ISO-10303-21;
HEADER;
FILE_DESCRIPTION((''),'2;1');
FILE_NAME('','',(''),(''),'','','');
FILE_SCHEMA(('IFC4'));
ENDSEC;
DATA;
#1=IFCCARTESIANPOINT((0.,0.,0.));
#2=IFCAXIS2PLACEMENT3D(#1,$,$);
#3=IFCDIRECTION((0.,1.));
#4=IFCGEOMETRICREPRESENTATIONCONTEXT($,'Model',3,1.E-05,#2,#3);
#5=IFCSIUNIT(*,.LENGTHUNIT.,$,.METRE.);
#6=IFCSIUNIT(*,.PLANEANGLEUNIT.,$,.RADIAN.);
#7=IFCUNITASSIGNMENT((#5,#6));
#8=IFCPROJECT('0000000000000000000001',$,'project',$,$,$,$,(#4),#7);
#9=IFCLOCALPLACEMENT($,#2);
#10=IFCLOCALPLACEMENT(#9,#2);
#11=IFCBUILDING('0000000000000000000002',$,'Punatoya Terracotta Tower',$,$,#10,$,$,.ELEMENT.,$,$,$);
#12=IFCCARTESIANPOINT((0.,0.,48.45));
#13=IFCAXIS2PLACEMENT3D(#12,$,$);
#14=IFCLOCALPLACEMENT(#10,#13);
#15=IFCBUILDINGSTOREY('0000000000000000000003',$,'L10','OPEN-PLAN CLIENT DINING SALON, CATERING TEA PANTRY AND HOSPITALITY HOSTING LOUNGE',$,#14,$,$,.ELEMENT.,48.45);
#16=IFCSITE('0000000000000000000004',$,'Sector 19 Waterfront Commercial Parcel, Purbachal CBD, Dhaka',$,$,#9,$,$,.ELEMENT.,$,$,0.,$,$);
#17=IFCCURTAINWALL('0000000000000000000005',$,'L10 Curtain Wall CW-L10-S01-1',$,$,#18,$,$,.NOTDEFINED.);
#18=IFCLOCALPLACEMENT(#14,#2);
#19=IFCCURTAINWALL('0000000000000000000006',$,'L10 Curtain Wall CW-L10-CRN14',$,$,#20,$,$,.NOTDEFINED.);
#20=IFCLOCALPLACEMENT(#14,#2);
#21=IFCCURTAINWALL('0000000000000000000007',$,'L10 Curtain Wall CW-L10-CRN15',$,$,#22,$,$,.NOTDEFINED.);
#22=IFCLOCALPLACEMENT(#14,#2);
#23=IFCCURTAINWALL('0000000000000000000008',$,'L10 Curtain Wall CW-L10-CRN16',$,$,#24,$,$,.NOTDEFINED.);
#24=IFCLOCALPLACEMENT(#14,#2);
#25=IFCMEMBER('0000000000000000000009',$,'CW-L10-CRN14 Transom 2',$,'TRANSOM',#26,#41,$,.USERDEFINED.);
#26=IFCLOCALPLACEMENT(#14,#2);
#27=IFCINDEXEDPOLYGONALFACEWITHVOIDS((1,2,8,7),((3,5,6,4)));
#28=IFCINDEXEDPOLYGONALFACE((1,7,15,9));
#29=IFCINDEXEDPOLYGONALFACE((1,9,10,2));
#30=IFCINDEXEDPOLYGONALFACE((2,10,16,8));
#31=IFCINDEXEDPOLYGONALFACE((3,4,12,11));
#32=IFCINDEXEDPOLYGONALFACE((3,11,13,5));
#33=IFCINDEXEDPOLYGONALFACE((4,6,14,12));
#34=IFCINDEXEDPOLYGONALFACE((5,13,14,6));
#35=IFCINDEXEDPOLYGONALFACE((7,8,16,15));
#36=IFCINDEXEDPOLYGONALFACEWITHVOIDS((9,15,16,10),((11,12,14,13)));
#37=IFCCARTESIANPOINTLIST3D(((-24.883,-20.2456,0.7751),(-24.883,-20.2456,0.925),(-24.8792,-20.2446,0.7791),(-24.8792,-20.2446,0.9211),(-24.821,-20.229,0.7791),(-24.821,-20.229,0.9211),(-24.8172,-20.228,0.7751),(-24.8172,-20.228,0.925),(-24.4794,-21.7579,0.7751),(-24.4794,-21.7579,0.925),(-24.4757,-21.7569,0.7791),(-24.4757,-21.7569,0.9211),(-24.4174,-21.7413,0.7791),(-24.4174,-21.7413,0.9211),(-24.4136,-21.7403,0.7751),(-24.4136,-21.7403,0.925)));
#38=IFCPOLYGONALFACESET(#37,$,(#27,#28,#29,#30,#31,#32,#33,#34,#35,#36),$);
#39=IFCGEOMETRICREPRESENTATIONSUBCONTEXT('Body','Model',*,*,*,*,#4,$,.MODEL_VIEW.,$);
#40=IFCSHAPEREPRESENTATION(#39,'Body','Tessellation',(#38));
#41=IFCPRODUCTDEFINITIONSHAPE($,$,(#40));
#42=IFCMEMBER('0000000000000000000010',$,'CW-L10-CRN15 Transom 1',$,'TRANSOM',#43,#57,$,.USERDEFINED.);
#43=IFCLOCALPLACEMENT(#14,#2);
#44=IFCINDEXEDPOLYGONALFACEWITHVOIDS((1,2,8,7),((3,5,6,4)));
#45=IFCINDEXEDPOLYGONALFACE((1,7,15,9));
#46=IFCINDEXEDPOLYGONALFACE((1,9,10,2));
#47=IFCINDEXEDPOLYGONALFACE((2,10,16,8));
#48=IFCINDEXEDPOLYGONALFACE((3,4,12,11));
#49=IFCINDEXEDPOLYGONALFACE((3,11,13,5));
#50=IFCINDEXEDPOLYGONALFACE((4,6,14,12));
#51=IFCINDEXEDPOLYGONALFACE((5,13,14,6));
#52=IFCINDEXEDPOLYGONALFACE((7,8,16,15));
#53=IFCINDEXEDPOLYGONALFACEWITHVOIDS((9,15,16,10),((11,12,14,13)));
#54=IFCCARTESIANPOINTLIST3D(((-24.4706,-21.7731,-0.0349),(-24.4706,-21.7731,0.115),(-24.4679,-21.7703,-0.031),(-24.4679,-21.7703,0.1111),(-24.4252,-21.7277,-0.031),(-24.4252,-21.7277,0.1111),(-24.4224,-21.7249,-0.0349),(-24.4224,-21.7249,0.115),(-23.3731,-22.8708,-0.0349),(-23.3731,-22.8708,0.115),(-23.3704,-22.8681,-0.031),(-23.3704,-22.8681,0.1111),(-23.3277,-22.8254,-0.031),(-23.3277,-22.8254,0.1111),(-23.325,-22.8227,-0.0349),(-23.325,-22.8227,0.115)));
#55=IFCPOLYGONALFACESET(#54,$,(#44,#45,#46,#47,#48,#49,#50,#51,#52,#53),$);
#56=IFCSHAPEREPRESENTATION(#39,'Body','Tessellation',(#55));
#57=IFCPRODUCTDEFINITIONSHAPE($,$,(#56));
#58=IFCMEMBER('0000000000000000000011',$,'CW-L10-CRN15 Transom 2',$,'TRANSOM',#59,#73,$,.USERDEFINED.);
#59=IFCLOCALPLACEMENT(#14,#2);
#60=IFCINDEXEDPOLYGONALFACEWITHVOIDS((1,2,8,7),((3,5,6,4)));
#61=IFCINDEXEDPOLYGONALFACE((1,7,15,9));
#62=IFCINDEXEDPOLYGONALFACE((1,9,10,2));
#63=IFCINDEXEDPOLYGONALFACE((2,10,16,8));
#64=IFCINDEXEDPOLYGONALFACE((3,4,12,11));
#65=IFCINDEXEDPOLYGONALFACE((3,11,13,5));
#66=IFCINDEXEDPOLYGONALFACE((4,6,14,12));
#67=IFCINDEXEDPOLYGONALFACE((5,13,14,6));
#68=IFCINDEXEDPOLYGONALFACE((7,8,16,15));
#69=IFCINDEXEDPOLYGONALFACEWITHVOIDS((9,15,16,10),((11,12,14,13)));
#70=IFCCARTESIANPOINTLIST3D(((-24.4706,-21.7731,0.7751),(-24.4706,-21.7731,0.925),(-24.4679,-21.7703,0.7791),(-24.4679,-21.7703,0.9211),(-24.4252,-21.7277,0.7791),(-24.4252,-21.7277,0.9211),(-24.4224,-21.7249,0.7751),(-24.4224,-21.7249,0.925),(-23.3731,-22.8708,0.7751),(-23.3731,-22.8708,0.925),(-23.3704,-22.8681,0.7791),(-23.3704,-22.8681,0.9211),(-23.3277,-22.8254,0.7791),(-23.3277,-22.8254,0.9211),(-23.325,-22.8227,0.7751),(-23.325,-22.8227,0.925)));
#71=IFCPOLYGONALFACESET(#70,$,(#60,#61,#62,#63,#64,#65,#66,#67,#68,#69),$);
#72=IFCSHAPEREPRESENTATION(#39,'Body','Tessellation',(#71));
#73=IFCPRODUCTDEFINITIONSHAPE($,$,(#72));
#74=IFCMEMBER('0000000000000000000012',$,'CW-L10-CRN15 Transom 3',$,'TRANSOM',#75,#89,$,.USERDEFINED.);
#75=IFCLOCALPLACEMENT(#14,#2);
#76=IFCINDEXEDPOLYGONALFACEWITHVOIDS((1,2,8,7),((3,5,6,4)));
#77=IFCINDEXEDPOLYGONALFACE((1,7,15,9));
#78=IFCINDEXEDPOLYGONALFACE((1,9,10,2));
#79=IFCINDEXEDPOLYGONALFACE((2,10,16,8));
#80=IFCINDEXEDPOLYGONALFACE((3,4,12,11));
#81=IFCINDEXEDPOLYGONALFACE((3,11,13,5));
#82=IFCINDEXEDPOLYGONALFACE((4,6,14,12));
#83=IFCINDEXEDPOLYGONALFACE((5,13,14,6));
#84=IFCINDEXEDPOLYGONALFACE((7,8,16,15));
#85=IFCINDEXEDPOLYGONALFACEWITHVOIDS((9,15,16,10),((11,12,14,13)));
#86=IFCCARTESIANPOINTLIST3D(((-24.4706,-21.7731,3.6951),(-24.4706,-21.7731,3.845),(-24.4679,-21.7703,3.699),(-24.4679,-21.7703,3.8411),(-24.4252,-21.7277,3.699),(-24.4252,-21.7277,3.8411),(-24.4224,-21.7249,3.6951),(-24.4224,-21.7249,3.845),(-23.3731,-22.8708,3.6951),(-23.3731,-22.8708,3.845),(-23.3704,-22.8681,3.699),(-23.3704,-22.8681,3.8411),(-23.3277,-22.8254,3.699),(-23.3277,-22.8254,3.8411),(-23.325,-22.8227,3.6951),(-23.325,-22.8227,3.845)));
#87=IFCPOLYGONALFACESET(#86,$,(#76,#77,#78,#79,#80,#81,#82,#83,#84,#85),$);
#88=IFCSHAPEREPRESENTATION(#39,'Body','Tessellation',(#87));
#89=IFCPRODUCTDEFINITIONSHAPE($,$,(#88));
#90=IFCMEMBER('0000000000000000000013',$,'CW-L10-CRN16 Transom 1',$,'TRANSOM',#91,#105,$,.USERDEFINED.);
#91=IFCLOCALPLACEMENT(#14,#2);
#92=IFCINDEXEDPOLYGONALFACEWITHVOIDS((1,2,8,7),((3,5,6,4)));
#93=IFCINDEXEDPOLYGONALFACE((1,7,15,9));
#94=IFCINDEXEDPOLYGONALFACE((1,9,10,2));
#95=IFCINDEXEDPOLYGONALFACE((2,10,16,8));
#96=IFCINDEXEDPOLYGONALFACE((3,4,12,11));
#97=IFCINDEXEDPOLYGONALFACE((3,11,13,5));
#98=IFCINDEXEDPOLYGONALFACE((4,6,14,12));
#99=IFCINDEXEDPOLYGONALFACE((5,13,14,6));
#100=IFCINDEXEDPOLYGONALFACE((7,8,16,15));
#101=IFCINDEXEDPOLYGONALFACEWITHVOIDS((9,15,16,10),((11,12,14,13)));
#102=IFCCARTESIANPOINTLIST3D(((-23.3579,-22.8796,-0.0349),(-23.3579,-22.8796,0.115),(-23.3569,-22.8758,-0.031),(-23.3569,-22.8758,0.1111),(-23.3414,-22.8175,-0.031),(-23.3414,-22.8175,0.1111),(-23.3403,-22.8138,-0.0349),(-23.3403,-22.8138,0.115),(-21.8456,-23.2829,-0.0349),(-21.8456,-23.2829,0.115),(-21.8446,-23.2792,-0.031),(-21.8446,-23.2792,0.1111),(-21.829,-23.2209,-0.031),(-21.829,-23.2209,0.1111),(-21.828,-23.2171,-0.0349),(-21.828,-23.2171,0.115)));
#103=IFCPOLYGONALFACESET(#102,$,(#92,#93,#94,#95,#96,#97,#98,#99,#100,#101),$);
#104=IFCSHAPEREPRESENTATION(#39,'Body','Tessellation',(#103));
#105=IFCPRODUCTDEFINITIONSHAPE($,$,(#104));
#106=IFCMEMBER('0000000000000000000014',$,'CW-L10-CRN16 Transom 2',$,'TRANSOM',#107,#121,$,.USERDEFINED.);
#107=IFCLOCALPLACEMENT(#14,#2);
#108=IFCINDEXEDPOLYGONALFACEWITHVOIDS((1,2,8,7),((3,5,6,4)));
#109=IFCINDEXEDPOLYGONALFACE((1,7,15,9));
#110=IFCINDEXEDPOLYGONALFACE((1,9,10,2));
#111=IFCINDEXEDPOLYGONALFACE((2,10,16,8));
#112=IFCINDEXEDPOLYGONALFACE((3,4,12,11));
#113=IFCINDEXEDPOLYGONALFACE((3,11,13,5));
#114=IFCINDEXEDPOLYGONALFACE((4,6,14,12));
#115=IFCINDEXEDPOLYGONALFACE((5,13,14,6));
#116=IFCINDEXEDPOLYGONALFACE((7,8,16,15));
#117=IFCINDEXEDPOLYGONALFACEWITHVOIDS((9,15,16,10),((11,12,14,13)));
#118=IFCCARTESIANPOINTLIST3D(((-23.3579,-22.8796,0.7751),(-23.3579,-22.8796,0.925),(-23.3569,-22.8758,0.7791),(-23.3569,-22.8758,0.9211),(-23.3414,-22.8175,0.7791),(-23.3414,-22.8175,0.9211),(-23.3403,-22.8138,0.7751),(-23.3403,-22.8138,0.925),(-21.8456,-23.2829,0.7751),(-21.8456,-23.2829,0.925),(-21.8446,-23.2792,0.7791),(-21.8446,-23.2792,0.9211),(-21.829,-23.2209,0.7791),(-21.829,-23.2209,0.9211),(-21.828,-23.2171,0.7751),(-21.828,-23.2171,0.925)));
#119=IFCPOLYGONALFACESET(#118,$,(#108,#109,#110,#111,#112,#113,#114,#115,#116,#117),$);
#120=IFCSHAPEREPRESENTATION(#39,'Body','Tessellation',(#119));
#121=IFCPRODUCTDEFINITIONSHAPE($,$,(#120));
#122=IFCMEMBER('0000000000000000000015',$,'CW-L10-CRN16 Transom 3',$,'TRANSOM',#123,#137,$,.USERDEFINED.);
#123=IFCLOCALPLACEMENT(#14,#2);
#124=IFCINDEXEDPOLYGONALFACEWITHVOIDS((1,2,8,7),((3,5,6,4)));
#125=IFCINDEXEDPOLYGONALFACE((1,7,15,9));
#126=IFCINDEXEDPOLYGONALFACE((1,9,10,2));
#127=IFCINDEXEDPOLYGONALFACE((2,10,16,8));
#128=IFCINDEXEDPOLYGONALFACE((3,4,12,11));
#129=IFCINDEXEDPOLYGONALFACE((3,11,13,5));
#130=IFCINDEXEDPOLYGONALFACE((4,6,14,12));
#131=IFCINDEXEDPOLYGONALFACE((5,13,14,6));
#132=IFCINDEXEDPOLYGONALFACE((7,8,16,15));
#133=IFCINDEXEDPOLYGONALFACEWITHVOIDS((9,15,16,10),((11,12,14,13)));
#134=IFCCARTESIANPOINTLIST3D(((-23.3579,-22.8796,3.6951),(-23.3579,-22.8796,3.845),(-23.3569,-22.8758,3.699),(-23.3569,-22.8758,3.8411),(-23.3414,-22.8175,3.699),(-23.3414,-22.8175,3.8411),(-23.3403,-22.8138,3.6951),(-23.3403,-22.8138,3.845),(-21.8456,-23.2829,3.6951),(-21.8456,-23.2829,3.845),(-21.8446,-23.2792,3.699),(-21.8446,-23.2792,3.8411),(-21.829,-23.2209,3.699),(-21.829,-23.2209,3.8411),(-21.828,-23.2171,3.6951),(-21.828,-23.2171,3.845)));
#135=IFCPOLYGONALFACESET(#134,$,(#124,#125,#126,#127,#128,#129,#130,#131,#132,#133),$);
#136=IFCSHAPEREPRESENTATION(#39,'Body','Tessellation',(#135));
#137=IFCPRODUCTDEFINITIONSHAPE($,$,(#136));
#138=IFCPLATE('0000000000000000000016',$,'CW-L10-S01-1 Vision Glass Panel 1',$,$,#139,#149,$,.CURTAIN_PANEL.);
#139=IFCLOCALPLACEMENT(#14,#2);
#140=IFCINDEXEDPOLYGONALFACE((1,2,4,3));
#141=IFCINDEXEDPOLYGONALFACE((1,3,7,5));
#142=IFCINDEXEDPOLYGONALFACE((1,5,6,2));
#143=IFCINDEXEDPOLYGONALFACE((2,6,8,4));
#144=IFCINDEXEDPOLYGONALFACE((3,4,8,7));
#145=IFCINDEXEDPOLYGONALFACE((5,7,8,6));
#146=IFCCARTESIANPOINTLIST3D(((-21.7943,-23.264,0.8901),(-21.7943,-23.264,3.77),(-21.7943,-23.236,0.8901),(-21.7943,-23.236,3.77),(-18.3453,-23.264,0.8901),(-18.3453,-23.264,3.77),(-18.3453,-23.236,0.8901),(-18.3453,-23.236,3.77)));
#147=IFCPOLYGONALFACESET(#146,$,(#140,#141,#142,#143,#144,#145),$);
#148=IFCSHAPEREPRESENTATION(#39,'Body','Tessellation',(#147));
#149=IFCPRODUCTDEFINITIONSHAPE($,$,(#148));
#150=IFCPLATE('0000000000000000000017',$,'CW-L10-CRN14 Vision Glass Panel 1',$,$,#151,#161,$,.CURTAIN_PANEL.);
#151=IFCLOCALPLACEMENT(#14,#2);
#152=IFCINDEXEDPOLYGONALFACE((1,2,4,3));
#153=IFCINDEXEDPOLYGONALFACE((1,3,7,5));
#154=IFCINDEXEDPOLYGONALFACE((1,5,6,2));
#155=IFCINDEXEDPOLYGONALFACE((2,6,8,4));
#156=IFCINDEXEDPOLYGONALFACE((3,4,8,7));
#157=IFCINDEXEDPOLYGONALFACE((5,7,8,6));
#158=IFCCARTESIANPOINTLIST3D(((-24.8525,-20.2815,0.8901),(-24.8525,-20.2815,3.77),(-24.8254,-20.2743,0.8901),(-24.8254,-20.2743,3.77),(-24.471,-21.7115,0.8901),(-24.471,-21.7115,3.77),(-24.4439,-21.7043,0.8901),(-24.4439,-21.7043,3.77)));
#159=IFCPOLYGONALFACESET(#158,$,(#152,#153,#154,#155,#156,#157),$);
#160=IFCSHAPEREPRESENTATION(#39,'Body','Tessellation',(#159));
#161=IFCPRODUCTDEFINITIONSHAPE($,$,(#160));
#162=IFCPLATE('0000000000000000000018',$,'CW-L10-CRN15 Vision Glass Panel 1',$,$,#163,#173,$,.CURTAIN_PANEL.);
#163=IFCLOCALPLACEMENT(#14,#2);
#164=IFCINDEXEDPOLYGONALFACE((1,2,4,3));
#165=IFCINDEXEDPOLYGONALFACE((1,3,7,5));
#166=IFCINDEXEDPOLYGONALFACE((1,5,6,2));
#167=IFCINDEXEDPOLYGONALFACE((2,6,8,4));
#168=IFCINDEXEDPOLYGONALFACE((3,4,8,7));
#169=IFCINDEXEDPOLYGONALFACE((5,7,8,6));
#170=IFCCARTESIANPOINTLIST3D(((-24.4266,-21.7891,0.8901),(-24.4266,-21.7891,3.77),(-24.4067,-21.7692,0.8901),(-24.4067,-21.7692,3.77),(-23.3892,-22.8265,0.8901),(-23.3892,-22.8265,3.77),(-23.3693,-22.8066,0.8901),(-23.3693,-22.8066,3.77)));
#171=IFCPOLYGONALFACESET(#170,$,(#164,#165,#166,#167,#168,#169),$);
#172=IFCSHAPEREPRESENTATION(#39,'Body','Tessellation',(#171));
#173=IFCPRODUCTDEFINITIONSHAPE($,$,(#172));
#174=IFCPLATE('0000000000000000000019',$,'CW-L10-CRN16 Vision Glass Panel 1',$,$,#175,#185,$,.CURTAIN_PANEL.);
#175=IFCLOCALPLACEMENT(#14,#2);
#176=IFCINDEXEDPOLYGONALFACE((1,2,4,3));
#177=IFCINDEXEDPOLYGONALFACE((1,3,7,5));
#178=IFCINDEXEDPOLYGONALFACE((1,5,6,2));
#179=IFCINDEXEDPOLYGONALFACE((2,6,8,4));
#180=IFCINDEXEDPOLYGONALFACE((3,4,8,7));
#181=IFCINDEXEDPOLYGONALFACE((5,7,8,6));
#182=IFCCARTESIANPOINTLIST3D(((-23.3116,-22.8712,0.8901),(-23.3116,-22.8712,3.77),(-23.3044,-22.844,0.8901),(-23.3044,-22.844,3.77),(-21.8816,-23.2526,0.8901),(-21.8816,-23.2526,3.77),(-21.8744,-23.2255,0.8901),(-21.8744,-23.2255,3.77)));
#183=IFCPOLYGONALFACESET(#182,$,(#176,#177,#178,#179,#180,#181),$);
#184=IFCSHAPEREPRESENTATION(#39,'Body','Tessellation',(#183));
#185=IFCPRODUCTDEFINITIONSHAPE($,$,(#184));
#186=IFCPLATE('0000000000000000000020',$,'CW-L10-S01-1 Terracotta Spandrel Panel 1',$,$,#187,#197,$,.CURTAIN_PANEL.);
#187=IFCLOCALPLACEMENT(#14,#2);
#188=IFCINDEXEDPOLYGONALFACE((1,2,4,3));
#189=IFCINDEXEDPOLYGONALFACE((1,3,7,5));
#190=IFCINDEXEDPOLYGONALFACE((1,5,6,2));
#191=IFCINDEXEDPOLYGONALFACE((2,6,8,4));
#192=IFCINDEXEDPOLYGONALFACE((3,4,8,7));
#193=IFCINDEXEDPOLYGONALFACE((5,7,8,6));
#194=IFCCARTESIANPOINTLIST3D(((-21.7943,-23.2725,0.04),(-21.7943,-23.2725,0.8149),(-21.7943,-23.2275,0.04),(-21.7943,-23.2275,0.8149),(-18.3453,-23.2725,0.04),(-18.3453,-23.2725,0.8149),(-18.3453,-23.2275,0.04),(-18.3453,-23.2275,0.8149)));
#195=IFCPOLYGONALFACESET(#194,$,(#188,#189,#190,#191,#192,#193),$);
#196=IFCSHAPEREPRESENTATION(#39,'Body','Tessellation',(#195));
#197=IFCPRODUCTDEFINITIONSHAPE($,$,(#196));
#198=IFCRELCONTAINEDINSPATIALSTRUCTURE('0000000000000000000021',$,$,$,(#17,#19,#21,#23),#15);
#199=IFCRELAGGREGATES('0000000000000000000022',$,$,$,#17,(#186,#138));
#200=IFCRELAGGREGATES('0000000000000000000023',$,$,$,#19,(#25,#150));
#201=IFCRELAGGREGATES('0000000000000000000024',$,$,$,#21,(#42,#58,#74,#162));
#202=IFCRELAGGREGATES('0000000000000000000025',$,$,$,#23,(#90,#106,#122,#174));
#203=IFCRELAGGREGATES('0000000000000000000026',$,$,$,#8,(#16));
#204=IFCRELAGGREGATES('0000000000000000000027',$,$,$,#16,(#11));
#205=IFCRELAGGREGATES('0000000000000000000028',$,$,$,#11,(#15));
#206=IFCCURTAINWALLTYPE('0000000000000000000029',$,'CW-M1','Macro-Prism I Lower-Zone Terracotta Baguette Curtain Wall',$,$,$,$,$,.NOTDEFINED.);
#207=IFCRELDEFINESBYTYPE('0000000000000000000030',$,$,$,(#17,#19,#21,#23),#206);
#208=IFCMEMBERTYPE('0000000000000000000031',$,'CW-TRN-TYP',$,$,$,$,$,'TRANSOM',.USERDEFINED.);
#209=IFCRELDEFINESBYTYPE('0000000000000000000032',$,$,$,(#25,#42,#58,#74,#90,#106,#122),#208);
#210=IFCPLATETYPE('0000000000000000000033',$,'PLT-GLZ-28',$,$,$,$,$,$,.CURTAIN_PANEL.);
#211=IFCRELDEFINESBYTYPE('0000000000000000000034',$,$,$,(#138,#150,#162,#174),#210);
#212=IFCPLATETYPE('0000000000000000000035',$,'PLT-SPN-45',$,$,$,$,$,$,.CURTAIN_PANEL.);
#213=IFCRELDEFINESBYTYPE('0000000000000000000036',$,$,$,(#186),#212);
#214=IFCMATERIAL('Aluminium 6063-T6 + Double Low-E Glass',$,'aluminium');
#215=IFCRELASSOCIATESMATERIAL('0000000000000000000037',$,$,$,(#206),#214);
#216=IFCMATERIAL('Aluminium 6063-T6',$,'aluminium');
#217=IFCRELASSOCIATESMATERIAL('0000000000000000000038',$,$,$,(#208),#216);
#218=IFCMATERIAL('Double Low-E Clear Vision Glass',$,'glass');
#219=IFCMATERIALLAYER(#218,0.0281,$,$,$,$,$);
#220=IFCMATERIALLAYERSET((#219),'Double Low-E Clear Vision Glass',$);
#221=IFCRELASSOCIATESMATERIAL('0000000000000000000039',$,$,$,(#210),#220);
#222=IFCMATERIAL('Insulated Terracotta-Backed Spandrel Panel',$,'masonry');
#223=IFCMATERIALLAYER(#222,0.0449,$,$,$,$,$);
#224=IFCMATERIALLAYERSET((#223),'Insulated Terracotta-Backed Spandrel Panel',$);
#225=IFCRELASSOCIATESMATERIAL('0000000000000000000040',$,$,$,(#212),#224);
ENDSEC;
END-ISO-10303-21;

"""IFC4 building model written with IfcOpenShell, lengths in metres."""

from ifc_helpers import new_model, si_unit, direction, frame, origin, origin_2d, place, context, subcontext, project, spatial, rectangle, hollow_rectangle, extrude, material, layer, layer_set, material_profile, profile_set, type_object, element, aggregate, save


model = new_model("IFC4")

# Units and contexts
model_context = context("Model", 3, precision=1e-05, world=origin(), true_north=direction((0.0, 1.0)))
body_context = subcontext(model_context, "Body", "Model", "MODEL_VIEW")
ifc_project = project(units=[si_unit("LENGTHUNIT", "METRE"), si_unit("PLANEANGLEUNIT", "RADIAN")], contexts=[model_context])

# Site, building, storey
site_placement = place(None, origin())
site = spatial("IfcSite", under=ifc_project, at=site_placement, Name="Sector 19 Waterfront Commercial Parcel, Purbachal CBD, Dhaka", CompositionType="ELEMENT", RefElevation=0.0)
building_placement = place(site_placement, origin())
building = spatial("IfcBuilding", under=site, at=building_placement, Name="Punatoya Terracotta Tower", CompositionType="ELEMENT")
storey_placement = place(building_placement, frame((0.0, 0.0, 48.45)))
storey = spatial("IfcBuildingStorey", under=building, at=storey_placement, Name="L10", Description="OPEN-PLAN CLIENT DINING SALON, CATERING TEA PANTRY AND HOSPITALITY HOSTING LOUNGE", CompositionType="ELEMENT", Elevation=48.45)

# Curtain wall
ifc_material_1 = material(Name="Aluminium 6063-T6 + Double Low-E Glass", Category="aluminium")
curtain_wall_type = type_object("IfcCurtainWallType", Name="CW-M1", Description="Macro-Prism I Lower-Zone Terracotta Baguette Curtain Wall", PredefinedType="NOTDEFINED", material=ifc_material_1)
curtain_wall_1_placement = place(storey_placement, origin())
curtain_wall_1 = element("IfcCurtainWall", 1, at=curtain_wall_1_placement, inside=storey, type_object=curtain_wall_type, Name="L10 Curtain Wall CW-L10-S01-1", PredefinedType="NOTDEFINED")
ifc_material_2 = material(Name="Aluminium 6063-T6", Category="aluminium")

# Curtain walls
curtain_wall_2_placement = place(storey_placement, origin())
curtain_wall_2 = element("IfcCurtainWall", 2, at=curtain_wall_2_placement, inside=storey, type_object=curtain_wall_type, Name="L10 Curtain Wall CW-L10-CRN14", PredefinedType="NOTDEFINED")
curtain_wall_3_placement = place(storey_placement, origin())
curtain_wall_3 = element("IfcCurtainWall", 3, at=curtain_wall_3_placement, inside=storey, type_object=curtain_wall_type, Name="L10 Curtain Wall CW-L10-CRN15", PredefinedType="NOTDEFINED")
curtain_wall_4_placement = place(storey_placement, origin())
curtain_wall_4 = element("IfcCurtainWall", 4, at=curtain_wall_4_placement, inside=storey, type_object=curtain_wall_type, Name="L10 Curtain Wall CW-L10-CRN16", PredefinedType="NOTDEFINED")

# Members
ifc_material_profile_1 = material_profile(ifc_material_2, hollow_rectangle(XDim=0.0681, YDim=0.1499, WallThickness=0.0039, at=origin_2d()))
ifc_profile_set_1 = profile_set([ifc_material_profile_1], Name="Aluminium 6063-T6")
member_type_1 = type_object("IfcMemberType", Name="CW-TRN-TYP", ElementType="TRANSOM", PredefinedType="USERDEFINED", material=ifc_profile_set_1)
member_1_placement = place(storey_placement, frame((-24.8501, -20.2368, 0.8501), z_axis=(0.257847, -0.966186, 0.0), x_axis=(0.966186, 0.257847, 0.0)))
member_1 = element("IfcMember", 5, at=member_1_placement, type_object=member_type_1, Name="CW-L10-CRN14 Transom 2", ObjectType="TRANSOM", PredefinedType="USERDEFINED", context=body_context, shape_type="SweptSolid", body=[
    extrude(hollow_rectangle(XDim=0.0681, YDim=0.1499, WallThickness=0.0039, at=origin_2d()), origin(), (0.0, 0.0, 1.0), 1.5652),
])
member_2_placement = place(storey_placement, frame((-24.4465, -21.749, 0.04), z_axis=(0.707028, -0.707185, 0.0), x_axis=(0.707185, 0.707028, 0.0)))
member_2 = element("IfcMember", 6, at=member_2_placement, type_object=member_type_1, Name="CW-L10-CRN15 Transom 1", ObjectType="TRANSOM", PredefinedType="USERDEFINED", context=body_context, shape_type="SweptSolid", body=[
    extrude(hollow_rectangle(XDim=0.0681, YDim=0.1499, WallThickness=0.0039, at=origin_2d()), origin(), (0.0, 0.0, 1.0), 1.5522),
])
member_3_placement = place(storey_placement, frame((-24.4465, -21.749, 0.8501), z_axis=(0.707028, -0.707185, 0.0), x_axis=(0.707185, 0.707028, 0.0)))
member_3 = element("IfcMember", 7, at=member_3_placement, type_object=member_type_1, Name="CW-L10-CRN15 Transom 2", ObjectType="TRANSOM", PredefinedType="USERDEFINED", context=body_context, shape_type="SweptSolid", body=[
    extrude(hollow_rectangle(XDim=0.0681, YDim=0.1499, WallThickness=0.0039, at=origin_2d()), origin(), (0.0, 0.0, 1.0), 1.5522),
])
member_4_placement = place(storey_placement, frame((-24.4465, -21.749, 3.77), z_axis=(0.707028, -0.707185, 0.0), x_axis=(0.707185, 0.707028, 0.0)))
member_4 = element("IfcMember", 8, at=member_4_placement, type_object=member_type_1, Name="CW-L10-CRN15 Transom 3", ObjectType="TRANSOM", PredefinedType="USERDEFINED", context=body_context, shape_type="SweptSolid", body=[
    extrude(hollow_rectangle(XDim=0.0681, YDim=0.1499, WallThickness=0.0039, at=origin_2d()), origin(), (0.0, 0.0, 1.0), 1.5522),
])
member_5_placement = place(storey_placement, frame((-23.3491, -22.8467, 0.04), z_axis=(0.966225, -0.257701, 0.0), x_axis=(0.257701, 0.966225, 0.0)))
member_5 = element("IfcMember", 9, at=member_5_placement, type_object=member_type_1, Name="CW-L10-CRN16 Transom 1", ObjectType="TRANSOM", PredefinedType="USERDEFINED", context=body_context, shape_type="SweptSolid", body=[
    extrude(hollow_rectangle(XDim=0.0681, YDim=0.1499, WallThickness=0.0039, at=origin_2d()), origin(), (0.0, 0.0, 1.0), 1.5652),
])
member_6_placement = place(storey_placement, frame((-23.3491, -22.8467, 0.8501), z_axis=(0.966225, -0.257701, 0.0), x_axis=(0.257701, 0.966225, 0.0)))
member_6 = element("IfcMember", 10, at=member_6_placement, type_object=member_type_1, Name="CW-L10-CRN16 Transom 2", ObjectType="TRANSOM", PredefinedType="USERDEFINED", context=body_context, shape_type="SweptSolid", body=[
    extrude(hollow_rectangle(XDim=0.0681, YDim=0.1499, WallThickness=0.0039, at=origin_2d()), origin(), (0.0, 0.0, 1.0), 1.5652),
])
member_7_placement = place(storey_placement, frame((-23.3491, -22.8467, 3.77), z_axis=(0.966225, -0.257701, 0.0), x_axis=(0.257701, 0.966225, 0.0)))
member_7 = element("IfcMember", 11, at=member_7_placement, type_object=member_type_1, Name="CW-L10-CRN16 Transom 3", ObjectType="TRANSOM", PredefinedType="USERDEFINED", context=body_context, shape_type="SweptSolid", body=[
    extrude(hollow_rectangle(XDim=0.0681, YDim=0.1499, WallThickness=0.0039, at=origin_2d()), origin(), (0.0, 0.0, 1.0), 1.5652),
])

# Plates
ifc_material_3 = material(Name="Double Low-E Clear Vision Glass", Category="glass")
ifc_layer_1 = layer(ifc_material_3, 0.0281)
ifc_layer_set_1 = layer_set([ifc_layer_1], Name="Double Low-E Clear Vision Glass")
plate_type_1 = type_object("IfcPlateType", Name="PLT-GLZ-28", PredefinedType="CURTAIN_PANEL", material=ifc_layer_set_1)
plate_1_placement = place(storey_placement, frame((-20.0698, -23.25, 0.8901), z_axis=(0.0, 0.0, 1.0), x_axis=(1.0, 0.0, 0.0)))
plate_1 = element("IfcPlate", 12, at=plate_1_placement, type_object=plate_type_1, Name="CW-L10-S01-1 Vision Glass Panel 1", PredefinedType="CURTAIN_PANEL", context=body_context, shape_type="SweptSolid", body=[
    extrude(rectangle(XDim=3.449, YDim=0.0281, at=origin_2d()), origin(), (0.0, 0.0, 1.0), 2.8799),
])
plate_2_placement = place(storey_placement, frame((-24.6482, -20.9929, 0.8901), z_axis=(0.0, 0.0, 1.0), x_axis=(0.257742, -0.966214, 0.0)))
plate_2 = element("IfcPlate", 13, at=plate_2_placement, type_object=plate_type_1, Name="CW-L10-CRN14 Vision Glass Panel 1", PredefinedType="CURTAIN_PANEL", context=body_context, shape_type="SweptSolid", body=[
    extrude(rectangle(XDim=1.48, YDim=0.0281, at=origin_2d()), origin(), (0.0, 0.0, 1.0), 2.8799),
])
plate_3_placement = place(storey_placement, frame((-23.8979, -22.2979, 0.8901), z_axis=(0.0, 0.0, 1.0), x_axis=(0.707107, -0.707107, 0.0)))
plate_3 = element("IfcPlate", 14, at=plate_3_placement, type_object=plate_type_1, Name="CW-L10-CRN15 Vision Glass Panel 1", PredefinedType="CURTAIN_PANEL", context=body_context, shape_type="SweptSolid", body=[
    extrude(rectangle(XDim=1.467, YDim=0.0281, at=origin_2d()), origin(), (0.0, 0.0, 1.0), 2.8799),
])
plate_4_placement = place(storey_placement, frame((-22.593, -23.0483, 0.8901), z_axis=(0.0, 0.0, 1.0), x_axis=(0.966214, -0.257742, 0.0)))
plate_4 = element("IfcPlate", 15, at=plate_4_placement, type_object=plate_type_1, Name="CW-L10-CRN16 Vision Glass Panel 1", PredefinedType="CURTAIN_PANEL", context=body_context, shape_type="SweptSolid", body=[
    extrude(rectangle(XDim=1.48, YDim=0.0281, at=origin_2d()), origin(), (0.0, 0.0, 1.0), 2.8799),
])
ifc_material_4 = material(Name="Insulated Terracotta-Backed Spandrel Panel", Category="masonry")
ifc_layer_2 = layer(ifc_material_4, 0.0449)
ifc_layer_set_2 = layer_set([ifc_layer_2], Name="Insulated Terracotta-Backed Spandrel Panel")
plate_type_2 = type_object("IfcPlateType", Name="PLT-SPN-45", PredefinedType="CURTAIN_PANEL", material=ifc_layer_set_2)
plate_5_placement = place(storey_placement, frame((-20.0698, -23.25, 0.04), z_axis=(0.0, 0.0, 1.0), x_axis=(1.0, 0.0, 0.0)))
plate_5 = element("IfcPlate", 16, at=plate_5_placement, type_object=plate_type_2, Name="CW-L10-S01-1 Terracotta Spandrel Panel 1", PredefinedType="CURTAIN_PANEL", context=body_context, shape_type="SweptSolid", body=[
    extrude(rectangle(XDim=3.449, YDim=0.0449, at=origin_2d()), origin(), (0.0, 0.0, 1.0), 0.7749),
])
aggregate(curtain_wall_1, [plate_5, plate_1])
aggregate(curtain_wall_2, [member_1, plate_2])
aggregate(curtain_wall_3, [member_2, member_3, member_4, plate_3])
aggregate(curtain_wall_4, [member_5, member_6, member_7, plate_4])

save(model, "model.ifc")
